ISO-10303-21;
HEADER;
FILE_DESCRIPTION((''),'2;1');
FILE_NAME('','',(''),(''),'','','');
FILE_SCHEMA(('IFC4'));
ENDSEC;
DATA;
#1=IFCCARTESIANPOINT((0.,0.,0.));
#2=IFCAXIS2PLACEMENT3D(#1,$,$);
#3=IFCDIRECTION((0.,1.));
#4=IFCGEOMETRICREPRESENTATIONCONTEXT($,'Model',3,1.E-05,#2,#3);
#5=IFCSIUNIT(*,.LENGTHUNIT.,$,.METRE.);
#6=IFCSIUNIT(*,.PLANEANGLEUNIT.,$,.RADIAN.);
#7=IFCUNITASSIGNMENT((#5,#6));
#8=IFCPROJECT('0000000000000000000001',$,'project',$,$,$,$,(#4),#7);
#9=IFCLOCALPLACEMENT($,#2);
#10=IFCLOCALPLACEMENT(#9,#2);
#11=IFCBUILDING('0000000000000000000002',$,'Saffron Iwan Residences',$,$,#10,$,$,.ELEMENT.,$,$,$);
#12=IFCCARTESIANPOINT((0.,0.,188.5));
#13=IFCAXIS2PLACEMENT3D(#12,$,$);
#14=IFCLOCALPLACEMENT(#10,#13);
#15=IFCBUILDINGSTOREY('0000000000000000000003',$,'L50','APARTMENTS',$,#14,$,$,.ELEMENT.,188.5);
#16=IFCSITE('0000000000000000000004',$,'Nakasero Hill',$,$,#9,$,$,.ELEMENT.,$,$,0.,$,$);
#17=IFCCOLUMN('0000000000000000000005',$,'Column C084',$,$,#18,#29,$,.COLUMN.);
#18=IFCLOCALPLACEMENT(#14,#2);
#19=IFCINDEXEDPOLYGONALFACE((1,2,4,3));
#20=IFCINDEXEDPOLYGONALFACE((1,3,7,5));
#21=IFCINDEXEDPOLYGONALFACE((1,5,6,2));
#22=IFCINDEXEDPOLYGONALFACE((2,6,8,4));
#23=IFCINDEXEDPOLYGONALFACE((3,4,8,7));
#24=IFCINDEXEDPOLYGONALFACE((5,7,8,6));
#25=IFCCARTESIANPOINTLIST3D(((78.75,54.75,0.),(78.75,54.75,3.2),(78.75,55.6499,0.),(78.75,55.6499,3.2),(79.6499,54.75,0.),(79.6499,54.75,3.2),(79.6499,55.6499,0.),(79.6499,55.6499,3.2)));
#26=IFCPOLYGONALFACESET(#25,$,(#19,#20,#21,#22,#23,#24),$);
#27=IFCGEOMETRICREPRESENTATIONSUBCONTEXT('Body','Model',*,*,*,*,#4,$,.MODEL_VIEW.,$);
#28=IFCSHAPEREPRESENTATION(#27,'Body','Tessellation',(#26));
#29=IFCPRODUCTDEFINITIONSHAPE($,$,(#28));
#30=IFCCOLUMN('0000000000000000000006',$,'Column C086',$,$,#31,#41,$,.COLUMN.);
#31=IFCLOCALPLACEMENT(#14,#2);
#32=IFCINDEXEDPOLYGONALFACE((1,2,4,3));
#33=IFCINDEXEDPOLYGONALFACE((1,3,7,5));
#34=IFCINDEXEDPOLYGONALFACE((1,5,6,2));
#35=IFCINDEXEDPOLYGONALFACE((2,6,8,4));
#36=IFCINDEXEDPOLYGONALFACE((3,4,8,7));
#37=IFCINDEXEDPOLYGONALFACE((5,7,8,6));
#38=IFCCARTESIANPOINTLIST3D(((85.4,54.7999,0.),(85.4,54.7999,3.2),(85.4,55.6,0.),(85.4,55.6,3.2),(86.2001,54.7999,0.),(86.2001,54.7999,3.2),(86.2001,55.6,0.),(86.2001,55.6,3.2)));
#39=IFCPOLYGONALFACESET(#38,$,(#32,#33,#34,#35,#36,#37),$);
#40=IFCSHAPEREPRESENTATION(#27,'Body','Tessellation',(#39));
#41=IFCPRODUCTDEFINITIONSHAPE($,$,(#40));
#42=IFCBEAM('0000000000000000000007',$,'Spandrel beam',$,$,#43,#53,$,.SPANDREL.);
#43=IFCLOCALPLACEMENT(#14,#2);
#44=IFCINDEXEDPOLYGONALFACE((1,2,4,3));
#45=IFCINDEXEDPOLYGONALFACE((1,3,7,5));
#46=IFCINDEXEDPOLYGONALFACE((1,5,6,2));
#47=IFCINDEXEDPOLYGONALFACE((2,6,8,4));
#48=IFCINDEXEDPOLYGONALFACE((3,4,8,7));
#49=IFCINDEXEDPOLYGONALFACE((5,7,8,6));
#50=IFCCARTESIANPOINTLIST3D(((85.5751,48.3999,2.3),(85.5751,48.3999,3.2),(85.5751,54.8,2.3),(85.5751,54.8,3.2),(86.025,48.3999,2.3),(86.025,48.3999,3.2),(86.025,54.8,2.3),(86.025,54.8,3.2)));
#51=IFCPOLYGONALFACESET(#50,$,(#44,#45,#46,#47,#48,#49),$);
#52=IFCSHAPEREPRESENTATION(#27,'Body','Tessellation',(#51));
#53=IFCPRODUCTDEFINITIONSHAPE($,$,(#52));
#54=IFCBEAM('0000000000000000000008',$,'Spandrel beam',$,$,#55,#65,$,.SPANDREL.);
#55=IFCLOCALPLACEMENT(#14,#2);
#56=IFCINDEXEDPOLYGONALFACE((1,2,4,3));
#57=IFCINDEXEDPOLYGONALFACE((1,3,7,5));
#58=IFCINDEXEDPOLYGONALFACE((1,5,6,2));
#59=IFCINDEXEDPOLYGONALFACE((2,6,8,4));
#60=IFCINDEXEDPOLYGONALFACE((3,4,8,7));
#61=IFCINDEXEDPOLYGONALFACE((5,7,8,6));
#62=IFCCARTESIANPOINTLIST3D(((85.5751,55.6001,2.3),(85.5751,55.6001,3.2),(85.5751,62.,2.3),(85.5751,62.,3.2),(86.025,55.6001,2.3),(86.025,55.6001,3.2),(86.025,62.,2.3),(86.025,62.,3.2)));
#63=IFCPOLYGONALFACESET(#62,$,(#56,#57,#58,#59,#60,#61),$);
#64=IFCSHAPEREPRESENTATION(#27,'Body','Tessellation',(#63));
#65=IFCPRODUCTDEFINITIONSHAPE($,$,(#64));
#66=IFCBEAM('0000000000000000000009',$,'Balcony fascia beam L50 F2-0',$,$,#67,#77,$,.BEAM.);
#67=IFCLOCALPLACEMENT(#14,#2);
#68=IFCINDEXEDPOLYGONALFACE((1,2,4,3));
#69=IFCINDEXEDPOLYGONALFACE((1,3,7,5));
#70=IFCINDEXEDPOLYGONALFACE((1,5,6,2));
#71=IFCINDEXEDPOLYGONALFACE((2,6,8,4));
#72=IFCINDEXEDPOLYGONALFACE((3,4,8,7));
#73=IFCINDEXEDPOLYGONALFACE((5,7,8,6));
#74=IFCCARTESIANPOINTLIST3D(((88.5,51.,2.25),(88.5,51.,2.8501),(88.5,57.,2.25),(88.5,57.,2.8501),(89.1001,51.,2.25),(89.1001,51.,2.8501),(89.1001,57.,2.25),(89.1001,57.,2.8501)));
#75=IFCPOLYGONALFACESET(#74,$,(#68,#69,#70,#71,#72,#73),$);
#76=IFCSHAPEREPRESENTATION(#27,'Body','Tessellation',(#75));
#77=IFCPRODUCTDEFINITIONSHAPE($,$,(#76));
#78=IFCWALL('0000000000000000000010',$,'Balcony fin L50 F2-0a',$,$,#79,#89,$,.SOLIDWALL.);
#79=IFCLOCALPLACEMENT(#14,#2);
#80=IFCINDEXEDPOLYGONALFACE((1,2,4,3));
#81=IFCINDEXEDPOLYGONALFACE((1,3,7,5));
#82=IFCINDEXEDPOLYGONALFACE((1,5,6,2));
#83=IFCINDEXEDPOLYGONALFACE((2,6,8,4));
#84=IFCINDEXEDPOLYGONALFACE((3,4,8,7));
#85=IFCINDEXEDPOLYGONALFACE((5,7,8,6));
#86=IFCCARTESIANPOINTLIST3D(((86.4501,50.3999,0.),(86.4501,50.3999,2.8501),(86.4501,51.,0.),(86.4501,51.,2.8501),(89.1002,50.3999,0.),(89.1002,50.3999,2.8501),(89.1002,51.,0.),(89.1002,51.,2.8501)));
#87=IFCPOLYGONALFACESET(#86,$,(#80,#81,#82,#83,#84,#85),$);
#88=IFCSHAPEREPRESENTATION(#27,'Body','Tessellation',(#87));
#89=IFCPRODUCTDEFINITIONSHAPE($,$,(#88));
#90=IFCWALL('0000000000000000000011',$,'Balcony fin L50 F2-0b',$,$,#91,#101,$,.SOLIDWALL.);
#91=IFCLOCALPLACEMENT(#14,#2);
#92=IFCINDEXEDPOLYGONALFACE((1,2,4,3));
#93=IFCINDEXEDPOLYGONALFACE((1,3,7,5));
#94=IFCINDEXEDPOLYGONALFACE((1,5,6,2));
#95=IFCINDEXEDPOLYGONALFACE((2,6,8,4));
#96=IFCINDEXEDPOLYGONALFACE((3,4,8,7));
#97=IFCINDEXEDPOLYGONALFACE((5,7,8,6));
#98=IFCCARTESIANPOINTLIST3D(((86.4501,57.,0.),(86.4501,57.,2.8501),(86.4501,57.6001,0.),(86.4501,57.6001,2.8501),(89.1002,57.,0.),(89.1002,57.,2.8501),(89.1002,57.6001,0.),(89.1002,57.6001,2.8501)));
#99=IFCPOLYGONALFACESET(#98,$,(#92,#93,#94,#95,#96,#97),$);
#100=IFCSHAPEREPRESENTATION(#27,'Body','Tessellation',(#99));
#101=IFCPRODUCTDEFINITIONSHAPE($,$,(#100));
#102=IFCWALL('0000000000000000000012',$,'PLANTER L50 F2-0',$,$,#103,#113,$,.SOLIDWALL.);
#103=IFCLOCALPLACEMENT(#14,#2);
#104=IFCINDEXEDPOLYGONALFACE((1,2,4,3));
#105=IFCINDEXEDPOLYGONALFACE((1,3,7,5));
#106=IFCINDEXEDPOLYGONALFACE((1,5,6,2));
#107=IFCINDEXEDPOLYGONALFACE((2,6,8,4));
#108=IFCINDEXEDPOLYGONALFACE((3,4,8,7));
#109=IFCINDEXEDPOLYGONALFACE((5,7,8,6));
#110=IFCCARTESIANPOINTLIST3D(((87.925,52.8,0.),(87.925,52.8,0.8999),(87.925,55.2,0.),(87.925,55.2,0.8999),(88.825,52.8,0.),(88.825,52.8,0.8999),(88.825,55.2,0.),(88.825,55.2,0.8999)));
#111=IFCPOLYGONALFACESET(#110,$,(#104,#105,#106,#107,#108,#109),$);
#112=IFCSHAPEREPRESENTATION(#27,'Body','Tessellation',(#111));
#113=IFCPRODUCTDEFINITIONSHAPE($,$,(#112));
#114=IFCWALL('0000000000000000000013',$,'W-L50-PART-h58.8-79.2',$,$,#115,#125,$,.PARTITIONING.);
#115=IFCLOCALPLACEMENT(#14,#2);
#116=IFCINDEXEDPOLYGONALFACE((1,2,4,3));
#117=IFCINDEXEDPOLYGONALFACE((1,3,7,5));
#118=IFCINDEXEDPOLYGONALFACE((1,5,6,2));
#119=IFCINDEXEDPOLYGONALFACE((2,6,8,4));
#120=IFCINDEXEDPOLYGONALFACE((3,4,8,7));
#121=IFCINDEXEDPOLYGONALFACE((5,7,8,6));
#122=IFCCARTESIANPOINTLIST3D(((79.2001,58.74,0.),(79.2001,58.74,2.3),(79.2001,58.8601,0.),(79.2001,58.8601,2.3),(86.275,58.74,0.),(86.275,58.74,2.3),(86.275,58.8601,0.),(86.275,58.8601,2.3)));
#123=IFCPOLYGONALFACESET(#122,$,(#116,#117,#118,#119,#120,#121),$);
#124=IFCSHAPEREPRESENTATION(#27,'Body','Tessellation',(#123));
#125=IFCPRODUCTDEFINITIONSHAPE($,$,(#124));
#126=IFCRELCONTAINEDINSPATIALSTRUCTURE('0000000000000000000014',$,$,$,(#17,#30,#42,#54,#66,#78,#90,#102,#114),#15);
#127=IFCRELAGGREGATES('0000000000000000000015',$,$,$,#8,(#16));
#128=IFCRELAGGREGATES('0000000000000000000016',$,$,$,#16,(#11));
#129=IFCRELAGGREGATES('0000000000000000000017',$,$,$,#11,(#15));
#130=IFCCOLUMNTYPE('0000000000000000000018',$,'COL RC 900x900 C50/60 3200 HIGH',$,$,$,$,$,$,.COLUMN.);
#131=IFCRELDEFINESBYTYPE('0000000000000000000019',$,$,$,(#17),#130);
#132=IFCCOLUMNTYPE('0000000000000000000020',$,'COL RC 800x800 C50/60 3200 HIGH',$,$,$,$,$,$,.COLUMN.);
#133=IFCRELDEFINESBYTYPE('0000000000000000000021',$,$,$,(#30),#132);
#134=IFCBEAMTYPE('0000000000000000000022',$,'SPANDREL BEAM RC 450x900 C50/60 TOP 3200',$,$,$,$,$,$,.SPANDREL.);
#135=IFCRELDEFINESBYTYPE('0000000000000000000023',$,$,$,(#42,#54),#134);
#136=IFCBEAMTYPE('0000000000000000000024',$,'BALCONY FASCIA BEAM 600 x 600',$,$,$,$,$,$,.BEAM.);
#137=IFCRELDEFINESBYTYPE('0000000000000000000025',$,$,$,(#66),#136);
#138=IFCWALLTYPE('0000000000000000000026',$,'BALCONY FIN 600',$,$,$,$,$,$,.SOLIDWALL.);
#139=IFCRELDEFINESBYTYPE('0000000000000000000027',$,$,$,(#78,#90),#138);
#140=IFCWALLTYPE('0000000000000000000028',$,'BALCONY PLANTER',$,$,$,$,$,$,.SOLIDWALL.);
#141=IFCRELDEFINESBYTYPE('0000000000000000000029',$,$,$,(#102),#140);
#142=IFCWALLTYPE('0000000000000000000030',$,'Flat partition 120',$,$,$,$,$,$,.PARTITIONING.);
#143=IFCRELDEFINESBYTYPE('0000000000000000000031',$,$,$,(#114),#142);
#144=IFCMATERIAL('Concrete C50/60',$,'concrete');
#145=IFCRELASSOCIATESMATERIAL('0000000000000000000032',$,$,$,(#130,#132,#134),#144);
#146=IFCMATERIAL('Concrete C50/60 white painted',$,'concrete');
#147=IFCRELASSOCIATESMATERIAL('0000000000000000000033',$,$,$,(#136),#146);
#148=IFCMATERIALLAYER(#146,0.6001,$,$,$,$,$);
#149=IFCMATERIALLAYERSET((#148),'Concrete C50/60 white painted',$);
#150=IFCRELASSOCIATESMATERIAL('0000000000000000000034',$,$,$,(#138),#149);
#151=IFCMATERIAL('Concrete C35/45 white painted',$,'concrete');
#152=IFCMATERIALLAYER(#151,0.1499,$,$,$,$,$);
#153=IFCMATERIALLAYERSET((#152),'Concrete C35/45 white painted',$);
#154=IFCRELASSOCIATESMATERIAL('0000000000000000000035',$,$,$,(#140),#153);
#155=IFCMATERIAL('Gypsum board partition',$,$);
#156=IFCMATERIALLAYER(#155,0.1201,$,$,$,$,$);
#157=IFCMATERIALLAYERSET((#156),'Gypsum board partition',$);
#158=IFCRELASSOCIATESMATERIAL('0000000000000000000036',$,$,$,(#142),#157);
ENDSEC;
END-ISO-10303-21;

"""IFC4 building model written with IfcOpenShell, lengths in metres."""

from ifc_helpers import new_model, si_unit, direction, frame, frame_2d, origin, origin_2d, place, context, subcontext, project, spatial, rectangle, extrude, source, transform, mapped, material, layer, layer_set, material_profile, profile_set, type_object, element, save


model = new_model("IFC4")

# Units and contexts
model_context = context("Model", 3, precision=1e-05, world=origin(), true_north=direction((0.0, 1.0)))
body_context = subcontext(model_context, "Body", "Model", "MODEL_VIEW")
ifc_project = project(units=[si_unit("LENGTHUNIT", "METRE"), si_unit("PLANEANGLEUNIT", "RADIAN")], contexts=[model_context])

# Site, building, storey
site_placement = place(None, origin())
site = spatial("IfcSite", under=ifc_project, at=site_placement, Name="Nakasero Hill", CompositionType="ELEMENT", RefElevation=0.0)
building_placement = place(site_placement, origin())
building = spatial("IfcBuilding", under=site, at=building_placement, Name="Saffron Iwan Residences", CompositionType="ELEMENT")
storey_placement = place(building_placement, frame((0.0, 0.0, 188.5)))
storey = spatial("IfcBuildingStorey", under=building, at=storey_placement, Name="L50", Description="APARTMENTS", CompositionType="ELEMENT", Elevation=188.5)

# Columns
ifc_material_1 = material(Name="Concrete C50/60", Category="concrete")
ifc_material_profile_1 = material_profile(ifc_material_1, rectangle(XDim=0.8999, YDim=0.8999, at=origin_2d()), Name="RC 900x900")
ifc_profile_set_1 = profile_set([ifc_material_profile_1], Name="Concrete C50/60")
column_type_1 = type_object("IfcColumnType", Name="COL RC 900x900 C50/60 3200 HIGH", PredefinedType="COLUMN", material=ifc_profile_set_1)
shared_shape_1 = source(origin(), body_context, "Body", "SweptSolid", [
    extrude(rectangle(XDim=0.8999, YDim=0.8999, at=origin_2d()), origin(), (0.0, 0.0, 1.0), 3.2),
])
column_1_placement = place(storey_placement, frame((79.2, 55.2, 0.0), z_axis=(0.0, 0.0, 1.0), x_axis=(1.0, 0.0, 0.0)))
element("IfcColumn", 1, at=column_1_placement, inside=storey, type_object=column_type_1, Name="Column C084", PredefinedType="COLUMN", context=body_context, shape_type="MappedRepresentation", body=[
    mapped(shared_shape_1, transform((0.0, 0.0, 0.0))),
])
ifc_material_profile_2 = material_profile(ifc_material_1, rectangle(XDim=0.8, YDim=0.8, at=origin_2d()), Name="RC 800x800")
ifc_profile_set_2 = profile_set([ifc_material_profile_2], Name="Concrete C50/60")
column_type_2 = type_object("IfcColumnType", Name="COL RC 800x800 C50/60 3200 HIGH", PredefinedType="COLUMN", material=ifc_profile_set_2)
shared_shape_2 = source(origin(), body_context, "Body", "SweptSolid", [
    extrude(rectangle(XDim=0.8, YDim=0.8, at=origin_2d()), origin(), (0.0, 0.0, 1.0), 3.2),
])
column_2_placement = place(storey_placement, frame((85.8, 55.2, 0.0), z_axis=(0.0, 0.0, 1.0), x_axis=(1.0, 0.0, 0.0)))
element("IfcColumn", 2, at=column_2_placement, inside=storey, type_object=column_type_2, Name="Column C086", PredefinedType="COLUMN", context=body_context, shape_type="MappedRepresentation", body=[
    mapped(shared_shape_2, transform((0.0, 0.0, 0.0))),
])

# Beams
ifc_material_profile_3 = material_profile(ifc_material_1, rectangle(XDim=0.45, YDim=0.8999, at=origin_2d()), Name="RC 450x900")
ifc_profile_set_3 = profile_set([ifc_material_profile_3], Name="Concrete C50/60")
beam_type_1 = type_object("IfcBeamType", Name="SPANDREL BEAM RC 450x900 C50/60 TOP 3200", PredefinedType="SPANDREL", material=ifc_profile_set_3)
shared_shape_3 = source(origin(), body_context, "Body", "SweptSolid", [
    extrude(rectangle(XDim=0.45, YDim=0.8999, at=origin_2d()), origin(), (0.0, 0.0, 1.0), 6.4001),
])
beam_1_placement = place(storey_placement, frame((85.8, 54.8, 2.75), z_axis=(0.0, -1.0, 0.0), x_axis=(1.0, 0.0, 0.0)))
element("IfcBeam", 3, at=beam_1_placement, inside=storey, type_object=beam_type_1, Name="Spandrel beam", PredefinedType="SPANDREL", context=body_context, shape_type="MappedRepresentation", body=[
    mapped(shared_shape_3, transform((0.0, 0.0, 0.0))),
])
shared_shape_4 = source(origin(), body_context, "Body", "SweptSolid", [
    extrude(rectangle(XDim=0.45, YDim=0.8999, at=origin_2d()), origin(), (0.0, 0.0, 1.0), 6.3999),
])
beam_2_placement = place(storey_placement, frame((85.8, 62.0, 2.75), z_axis=(0.0, -1.0, 0.0), x_axis=(1.0, 0.0, 0.0)))
element("IfcBeam", 4, at=beam_2_placement, inside=storey, type_object=beam_type_1, Name="Spandrel beam", PredefinedType="SPANDREL", context=body_context, shape_type="MappedRepresentation", body=[
    mapped(shared_shape_4, transform((0.0, 0.0, 0.0))),
])
ifc_material_2 = material(Name="Concrete C50/60 white painted", Category="concrete")
ifc_material_profile_4 = material_profile(ifc_material_2, rectangle(XDim=0.6001, YDim=0.6001, at=origin_2d()), Name="BALCONY FASCIA BEAM 600 x 600")
ifc_profile_set_4 = profile_set([ifc_material_profile_4], Name="Concrete C50/60 white painted")
beam_type_2 = type_object("IfcBeamType", Name="BALCONY FASCIA BEAM 600 x 600", PredefinedType="BEAM", material=ifc_profile_set_4)
shared_shape_5 = source(origin(), body_context, "Body", "SweptSolid", [
    extrude(rectangle(XDim=0.6001, YDim=0.6001, at=origin_2d()), origin(), (0.0, 0.0, 1.0), 6.0),
])
beam_3_placement = place(storey_placement, frame((88.8, 51.0, 2.55), z_axis=(0.0, 1.0, 0.0), x_axis=(-1.0, 0.0, 0.0)))
element("IfcBeam", 5, at=beam_3_placement, inside=storey, type_object=beam_type_2, Name="Balcony fascia beam L50 F2-0", PredefinedType="BEAM", context=body_context, shape_type="MappedRepresentation", body=[
    mapped(shared_shape_5, transform((0.0, 0.0, 0.0))),
])

# Walls
ifc_layer_1 = layer(ifc_material_2, 0.6001)
ifc_layer_set_1 = layer_set([ifc_layer_1], Name="Concrete C50/60 white painted")
wall_type_1 = type_object("IfcWallType", Name="BALCONY FIN 600", PredefinedType="SOLIDWALL", material=ifc_layer_set_1)
for number, where, z_axis, x_axis, name in (
    (6, (86.45, 50.7, 0.0), (0.0, 0.0, 1.0), (1.0, 0.0, 0.0), "Balcony fin L50 F2-0a"),
    (7, (86.45, 57.3, 0.0), (0.0, 0.0, 1.0), (1.0, 0.0, 0.0), "Balcony fin L50 F2-0b"),
):
    element("IfcWall", number, at=place(storey_placement, frame(where, z_axis=z_axis, x_axis=x_axis)), inside=storey, type_object=wall_type_1, Name=name, PredefinedType="SOLIDWALL", context=body_context, shape_type="SweptSolid", body=[
        extrude(rectangle(XDim=2.6501, YDim=0.6001, at=frame_2d((1.3252, 0.0))), origin(), (0.0, 0.0, 1.0), 2.8501),
    ])
ifc_material_3 = material(Name="Concrete C35/45 white painted", Category="concrete")
ifc_layer_2 = layer(ifc_material_3, 0.1499)
ifc_layer_set_2 = layer_set([ifc_layer_2], Name="Concrete C35/45 white painted")
wall_type_2 = type_object("IfcWallType", Name="BALCONY PLANTER", PredefinedType="SOLIDWALL", material=ifc_layer_set_2)
wall_1_placement = place(storey_placement, frame((88.375, 52.8, 0.0), z_axis=(0.0, 0.0, 1.0), x_axis=(0.0, 1.0, 0.0)))
element("IfcWall", 8, at=wall_1_placement, inside=storey, type_object=wall_type_2, Name="PLANTER L50 F2-0", PredefinedType="SOLIDWALL", context=body_context, shape_type="SweptSolid", body=[
    extrude(rectangle(XDim=2.3999, YDim=0.8999, at=frame_2d((1.2, 0.0))), origin(), (0.0, 0.0, 1.0), 0.8999),
])

# Wall
ifc_material_4 = material(Name="Gypsum board partition")
ifc_layer_3 = layer(ifc_material_4, 0.1201)
ifc_layer_set_3 = layer_set([ifc_layer_3], Name="Gypsum board partition")
wall_type_3 = type_object("IfcWallType", Name="Flat partition 120", PredefinedType="PARTITIONING", material=ifc_layer_set_3)
wall_2_placement = place(storey_placement, frame((79.2, 58.8, 0.0), z_axis=(0.0, 0.0, 1.0), x_axis=(1.0, 0.0, 0.0)))
element("IfcWall", 9, at=wall_2_placement, inside=storey, type_object=wall_type_3, Name="W-L50-PART-h58.8-79.2", PredefinedType="PARTITIONING", context=body_context, shape_type="SweptSolid", body=[
    extrude(rectangle(XDim=7.075, YDim=0.1201, at=frame_2d((3.5376, 0.0))), origin(), (0.0, 0.0, 1.0), 2.3),
])

save(model, "model.ifc")
